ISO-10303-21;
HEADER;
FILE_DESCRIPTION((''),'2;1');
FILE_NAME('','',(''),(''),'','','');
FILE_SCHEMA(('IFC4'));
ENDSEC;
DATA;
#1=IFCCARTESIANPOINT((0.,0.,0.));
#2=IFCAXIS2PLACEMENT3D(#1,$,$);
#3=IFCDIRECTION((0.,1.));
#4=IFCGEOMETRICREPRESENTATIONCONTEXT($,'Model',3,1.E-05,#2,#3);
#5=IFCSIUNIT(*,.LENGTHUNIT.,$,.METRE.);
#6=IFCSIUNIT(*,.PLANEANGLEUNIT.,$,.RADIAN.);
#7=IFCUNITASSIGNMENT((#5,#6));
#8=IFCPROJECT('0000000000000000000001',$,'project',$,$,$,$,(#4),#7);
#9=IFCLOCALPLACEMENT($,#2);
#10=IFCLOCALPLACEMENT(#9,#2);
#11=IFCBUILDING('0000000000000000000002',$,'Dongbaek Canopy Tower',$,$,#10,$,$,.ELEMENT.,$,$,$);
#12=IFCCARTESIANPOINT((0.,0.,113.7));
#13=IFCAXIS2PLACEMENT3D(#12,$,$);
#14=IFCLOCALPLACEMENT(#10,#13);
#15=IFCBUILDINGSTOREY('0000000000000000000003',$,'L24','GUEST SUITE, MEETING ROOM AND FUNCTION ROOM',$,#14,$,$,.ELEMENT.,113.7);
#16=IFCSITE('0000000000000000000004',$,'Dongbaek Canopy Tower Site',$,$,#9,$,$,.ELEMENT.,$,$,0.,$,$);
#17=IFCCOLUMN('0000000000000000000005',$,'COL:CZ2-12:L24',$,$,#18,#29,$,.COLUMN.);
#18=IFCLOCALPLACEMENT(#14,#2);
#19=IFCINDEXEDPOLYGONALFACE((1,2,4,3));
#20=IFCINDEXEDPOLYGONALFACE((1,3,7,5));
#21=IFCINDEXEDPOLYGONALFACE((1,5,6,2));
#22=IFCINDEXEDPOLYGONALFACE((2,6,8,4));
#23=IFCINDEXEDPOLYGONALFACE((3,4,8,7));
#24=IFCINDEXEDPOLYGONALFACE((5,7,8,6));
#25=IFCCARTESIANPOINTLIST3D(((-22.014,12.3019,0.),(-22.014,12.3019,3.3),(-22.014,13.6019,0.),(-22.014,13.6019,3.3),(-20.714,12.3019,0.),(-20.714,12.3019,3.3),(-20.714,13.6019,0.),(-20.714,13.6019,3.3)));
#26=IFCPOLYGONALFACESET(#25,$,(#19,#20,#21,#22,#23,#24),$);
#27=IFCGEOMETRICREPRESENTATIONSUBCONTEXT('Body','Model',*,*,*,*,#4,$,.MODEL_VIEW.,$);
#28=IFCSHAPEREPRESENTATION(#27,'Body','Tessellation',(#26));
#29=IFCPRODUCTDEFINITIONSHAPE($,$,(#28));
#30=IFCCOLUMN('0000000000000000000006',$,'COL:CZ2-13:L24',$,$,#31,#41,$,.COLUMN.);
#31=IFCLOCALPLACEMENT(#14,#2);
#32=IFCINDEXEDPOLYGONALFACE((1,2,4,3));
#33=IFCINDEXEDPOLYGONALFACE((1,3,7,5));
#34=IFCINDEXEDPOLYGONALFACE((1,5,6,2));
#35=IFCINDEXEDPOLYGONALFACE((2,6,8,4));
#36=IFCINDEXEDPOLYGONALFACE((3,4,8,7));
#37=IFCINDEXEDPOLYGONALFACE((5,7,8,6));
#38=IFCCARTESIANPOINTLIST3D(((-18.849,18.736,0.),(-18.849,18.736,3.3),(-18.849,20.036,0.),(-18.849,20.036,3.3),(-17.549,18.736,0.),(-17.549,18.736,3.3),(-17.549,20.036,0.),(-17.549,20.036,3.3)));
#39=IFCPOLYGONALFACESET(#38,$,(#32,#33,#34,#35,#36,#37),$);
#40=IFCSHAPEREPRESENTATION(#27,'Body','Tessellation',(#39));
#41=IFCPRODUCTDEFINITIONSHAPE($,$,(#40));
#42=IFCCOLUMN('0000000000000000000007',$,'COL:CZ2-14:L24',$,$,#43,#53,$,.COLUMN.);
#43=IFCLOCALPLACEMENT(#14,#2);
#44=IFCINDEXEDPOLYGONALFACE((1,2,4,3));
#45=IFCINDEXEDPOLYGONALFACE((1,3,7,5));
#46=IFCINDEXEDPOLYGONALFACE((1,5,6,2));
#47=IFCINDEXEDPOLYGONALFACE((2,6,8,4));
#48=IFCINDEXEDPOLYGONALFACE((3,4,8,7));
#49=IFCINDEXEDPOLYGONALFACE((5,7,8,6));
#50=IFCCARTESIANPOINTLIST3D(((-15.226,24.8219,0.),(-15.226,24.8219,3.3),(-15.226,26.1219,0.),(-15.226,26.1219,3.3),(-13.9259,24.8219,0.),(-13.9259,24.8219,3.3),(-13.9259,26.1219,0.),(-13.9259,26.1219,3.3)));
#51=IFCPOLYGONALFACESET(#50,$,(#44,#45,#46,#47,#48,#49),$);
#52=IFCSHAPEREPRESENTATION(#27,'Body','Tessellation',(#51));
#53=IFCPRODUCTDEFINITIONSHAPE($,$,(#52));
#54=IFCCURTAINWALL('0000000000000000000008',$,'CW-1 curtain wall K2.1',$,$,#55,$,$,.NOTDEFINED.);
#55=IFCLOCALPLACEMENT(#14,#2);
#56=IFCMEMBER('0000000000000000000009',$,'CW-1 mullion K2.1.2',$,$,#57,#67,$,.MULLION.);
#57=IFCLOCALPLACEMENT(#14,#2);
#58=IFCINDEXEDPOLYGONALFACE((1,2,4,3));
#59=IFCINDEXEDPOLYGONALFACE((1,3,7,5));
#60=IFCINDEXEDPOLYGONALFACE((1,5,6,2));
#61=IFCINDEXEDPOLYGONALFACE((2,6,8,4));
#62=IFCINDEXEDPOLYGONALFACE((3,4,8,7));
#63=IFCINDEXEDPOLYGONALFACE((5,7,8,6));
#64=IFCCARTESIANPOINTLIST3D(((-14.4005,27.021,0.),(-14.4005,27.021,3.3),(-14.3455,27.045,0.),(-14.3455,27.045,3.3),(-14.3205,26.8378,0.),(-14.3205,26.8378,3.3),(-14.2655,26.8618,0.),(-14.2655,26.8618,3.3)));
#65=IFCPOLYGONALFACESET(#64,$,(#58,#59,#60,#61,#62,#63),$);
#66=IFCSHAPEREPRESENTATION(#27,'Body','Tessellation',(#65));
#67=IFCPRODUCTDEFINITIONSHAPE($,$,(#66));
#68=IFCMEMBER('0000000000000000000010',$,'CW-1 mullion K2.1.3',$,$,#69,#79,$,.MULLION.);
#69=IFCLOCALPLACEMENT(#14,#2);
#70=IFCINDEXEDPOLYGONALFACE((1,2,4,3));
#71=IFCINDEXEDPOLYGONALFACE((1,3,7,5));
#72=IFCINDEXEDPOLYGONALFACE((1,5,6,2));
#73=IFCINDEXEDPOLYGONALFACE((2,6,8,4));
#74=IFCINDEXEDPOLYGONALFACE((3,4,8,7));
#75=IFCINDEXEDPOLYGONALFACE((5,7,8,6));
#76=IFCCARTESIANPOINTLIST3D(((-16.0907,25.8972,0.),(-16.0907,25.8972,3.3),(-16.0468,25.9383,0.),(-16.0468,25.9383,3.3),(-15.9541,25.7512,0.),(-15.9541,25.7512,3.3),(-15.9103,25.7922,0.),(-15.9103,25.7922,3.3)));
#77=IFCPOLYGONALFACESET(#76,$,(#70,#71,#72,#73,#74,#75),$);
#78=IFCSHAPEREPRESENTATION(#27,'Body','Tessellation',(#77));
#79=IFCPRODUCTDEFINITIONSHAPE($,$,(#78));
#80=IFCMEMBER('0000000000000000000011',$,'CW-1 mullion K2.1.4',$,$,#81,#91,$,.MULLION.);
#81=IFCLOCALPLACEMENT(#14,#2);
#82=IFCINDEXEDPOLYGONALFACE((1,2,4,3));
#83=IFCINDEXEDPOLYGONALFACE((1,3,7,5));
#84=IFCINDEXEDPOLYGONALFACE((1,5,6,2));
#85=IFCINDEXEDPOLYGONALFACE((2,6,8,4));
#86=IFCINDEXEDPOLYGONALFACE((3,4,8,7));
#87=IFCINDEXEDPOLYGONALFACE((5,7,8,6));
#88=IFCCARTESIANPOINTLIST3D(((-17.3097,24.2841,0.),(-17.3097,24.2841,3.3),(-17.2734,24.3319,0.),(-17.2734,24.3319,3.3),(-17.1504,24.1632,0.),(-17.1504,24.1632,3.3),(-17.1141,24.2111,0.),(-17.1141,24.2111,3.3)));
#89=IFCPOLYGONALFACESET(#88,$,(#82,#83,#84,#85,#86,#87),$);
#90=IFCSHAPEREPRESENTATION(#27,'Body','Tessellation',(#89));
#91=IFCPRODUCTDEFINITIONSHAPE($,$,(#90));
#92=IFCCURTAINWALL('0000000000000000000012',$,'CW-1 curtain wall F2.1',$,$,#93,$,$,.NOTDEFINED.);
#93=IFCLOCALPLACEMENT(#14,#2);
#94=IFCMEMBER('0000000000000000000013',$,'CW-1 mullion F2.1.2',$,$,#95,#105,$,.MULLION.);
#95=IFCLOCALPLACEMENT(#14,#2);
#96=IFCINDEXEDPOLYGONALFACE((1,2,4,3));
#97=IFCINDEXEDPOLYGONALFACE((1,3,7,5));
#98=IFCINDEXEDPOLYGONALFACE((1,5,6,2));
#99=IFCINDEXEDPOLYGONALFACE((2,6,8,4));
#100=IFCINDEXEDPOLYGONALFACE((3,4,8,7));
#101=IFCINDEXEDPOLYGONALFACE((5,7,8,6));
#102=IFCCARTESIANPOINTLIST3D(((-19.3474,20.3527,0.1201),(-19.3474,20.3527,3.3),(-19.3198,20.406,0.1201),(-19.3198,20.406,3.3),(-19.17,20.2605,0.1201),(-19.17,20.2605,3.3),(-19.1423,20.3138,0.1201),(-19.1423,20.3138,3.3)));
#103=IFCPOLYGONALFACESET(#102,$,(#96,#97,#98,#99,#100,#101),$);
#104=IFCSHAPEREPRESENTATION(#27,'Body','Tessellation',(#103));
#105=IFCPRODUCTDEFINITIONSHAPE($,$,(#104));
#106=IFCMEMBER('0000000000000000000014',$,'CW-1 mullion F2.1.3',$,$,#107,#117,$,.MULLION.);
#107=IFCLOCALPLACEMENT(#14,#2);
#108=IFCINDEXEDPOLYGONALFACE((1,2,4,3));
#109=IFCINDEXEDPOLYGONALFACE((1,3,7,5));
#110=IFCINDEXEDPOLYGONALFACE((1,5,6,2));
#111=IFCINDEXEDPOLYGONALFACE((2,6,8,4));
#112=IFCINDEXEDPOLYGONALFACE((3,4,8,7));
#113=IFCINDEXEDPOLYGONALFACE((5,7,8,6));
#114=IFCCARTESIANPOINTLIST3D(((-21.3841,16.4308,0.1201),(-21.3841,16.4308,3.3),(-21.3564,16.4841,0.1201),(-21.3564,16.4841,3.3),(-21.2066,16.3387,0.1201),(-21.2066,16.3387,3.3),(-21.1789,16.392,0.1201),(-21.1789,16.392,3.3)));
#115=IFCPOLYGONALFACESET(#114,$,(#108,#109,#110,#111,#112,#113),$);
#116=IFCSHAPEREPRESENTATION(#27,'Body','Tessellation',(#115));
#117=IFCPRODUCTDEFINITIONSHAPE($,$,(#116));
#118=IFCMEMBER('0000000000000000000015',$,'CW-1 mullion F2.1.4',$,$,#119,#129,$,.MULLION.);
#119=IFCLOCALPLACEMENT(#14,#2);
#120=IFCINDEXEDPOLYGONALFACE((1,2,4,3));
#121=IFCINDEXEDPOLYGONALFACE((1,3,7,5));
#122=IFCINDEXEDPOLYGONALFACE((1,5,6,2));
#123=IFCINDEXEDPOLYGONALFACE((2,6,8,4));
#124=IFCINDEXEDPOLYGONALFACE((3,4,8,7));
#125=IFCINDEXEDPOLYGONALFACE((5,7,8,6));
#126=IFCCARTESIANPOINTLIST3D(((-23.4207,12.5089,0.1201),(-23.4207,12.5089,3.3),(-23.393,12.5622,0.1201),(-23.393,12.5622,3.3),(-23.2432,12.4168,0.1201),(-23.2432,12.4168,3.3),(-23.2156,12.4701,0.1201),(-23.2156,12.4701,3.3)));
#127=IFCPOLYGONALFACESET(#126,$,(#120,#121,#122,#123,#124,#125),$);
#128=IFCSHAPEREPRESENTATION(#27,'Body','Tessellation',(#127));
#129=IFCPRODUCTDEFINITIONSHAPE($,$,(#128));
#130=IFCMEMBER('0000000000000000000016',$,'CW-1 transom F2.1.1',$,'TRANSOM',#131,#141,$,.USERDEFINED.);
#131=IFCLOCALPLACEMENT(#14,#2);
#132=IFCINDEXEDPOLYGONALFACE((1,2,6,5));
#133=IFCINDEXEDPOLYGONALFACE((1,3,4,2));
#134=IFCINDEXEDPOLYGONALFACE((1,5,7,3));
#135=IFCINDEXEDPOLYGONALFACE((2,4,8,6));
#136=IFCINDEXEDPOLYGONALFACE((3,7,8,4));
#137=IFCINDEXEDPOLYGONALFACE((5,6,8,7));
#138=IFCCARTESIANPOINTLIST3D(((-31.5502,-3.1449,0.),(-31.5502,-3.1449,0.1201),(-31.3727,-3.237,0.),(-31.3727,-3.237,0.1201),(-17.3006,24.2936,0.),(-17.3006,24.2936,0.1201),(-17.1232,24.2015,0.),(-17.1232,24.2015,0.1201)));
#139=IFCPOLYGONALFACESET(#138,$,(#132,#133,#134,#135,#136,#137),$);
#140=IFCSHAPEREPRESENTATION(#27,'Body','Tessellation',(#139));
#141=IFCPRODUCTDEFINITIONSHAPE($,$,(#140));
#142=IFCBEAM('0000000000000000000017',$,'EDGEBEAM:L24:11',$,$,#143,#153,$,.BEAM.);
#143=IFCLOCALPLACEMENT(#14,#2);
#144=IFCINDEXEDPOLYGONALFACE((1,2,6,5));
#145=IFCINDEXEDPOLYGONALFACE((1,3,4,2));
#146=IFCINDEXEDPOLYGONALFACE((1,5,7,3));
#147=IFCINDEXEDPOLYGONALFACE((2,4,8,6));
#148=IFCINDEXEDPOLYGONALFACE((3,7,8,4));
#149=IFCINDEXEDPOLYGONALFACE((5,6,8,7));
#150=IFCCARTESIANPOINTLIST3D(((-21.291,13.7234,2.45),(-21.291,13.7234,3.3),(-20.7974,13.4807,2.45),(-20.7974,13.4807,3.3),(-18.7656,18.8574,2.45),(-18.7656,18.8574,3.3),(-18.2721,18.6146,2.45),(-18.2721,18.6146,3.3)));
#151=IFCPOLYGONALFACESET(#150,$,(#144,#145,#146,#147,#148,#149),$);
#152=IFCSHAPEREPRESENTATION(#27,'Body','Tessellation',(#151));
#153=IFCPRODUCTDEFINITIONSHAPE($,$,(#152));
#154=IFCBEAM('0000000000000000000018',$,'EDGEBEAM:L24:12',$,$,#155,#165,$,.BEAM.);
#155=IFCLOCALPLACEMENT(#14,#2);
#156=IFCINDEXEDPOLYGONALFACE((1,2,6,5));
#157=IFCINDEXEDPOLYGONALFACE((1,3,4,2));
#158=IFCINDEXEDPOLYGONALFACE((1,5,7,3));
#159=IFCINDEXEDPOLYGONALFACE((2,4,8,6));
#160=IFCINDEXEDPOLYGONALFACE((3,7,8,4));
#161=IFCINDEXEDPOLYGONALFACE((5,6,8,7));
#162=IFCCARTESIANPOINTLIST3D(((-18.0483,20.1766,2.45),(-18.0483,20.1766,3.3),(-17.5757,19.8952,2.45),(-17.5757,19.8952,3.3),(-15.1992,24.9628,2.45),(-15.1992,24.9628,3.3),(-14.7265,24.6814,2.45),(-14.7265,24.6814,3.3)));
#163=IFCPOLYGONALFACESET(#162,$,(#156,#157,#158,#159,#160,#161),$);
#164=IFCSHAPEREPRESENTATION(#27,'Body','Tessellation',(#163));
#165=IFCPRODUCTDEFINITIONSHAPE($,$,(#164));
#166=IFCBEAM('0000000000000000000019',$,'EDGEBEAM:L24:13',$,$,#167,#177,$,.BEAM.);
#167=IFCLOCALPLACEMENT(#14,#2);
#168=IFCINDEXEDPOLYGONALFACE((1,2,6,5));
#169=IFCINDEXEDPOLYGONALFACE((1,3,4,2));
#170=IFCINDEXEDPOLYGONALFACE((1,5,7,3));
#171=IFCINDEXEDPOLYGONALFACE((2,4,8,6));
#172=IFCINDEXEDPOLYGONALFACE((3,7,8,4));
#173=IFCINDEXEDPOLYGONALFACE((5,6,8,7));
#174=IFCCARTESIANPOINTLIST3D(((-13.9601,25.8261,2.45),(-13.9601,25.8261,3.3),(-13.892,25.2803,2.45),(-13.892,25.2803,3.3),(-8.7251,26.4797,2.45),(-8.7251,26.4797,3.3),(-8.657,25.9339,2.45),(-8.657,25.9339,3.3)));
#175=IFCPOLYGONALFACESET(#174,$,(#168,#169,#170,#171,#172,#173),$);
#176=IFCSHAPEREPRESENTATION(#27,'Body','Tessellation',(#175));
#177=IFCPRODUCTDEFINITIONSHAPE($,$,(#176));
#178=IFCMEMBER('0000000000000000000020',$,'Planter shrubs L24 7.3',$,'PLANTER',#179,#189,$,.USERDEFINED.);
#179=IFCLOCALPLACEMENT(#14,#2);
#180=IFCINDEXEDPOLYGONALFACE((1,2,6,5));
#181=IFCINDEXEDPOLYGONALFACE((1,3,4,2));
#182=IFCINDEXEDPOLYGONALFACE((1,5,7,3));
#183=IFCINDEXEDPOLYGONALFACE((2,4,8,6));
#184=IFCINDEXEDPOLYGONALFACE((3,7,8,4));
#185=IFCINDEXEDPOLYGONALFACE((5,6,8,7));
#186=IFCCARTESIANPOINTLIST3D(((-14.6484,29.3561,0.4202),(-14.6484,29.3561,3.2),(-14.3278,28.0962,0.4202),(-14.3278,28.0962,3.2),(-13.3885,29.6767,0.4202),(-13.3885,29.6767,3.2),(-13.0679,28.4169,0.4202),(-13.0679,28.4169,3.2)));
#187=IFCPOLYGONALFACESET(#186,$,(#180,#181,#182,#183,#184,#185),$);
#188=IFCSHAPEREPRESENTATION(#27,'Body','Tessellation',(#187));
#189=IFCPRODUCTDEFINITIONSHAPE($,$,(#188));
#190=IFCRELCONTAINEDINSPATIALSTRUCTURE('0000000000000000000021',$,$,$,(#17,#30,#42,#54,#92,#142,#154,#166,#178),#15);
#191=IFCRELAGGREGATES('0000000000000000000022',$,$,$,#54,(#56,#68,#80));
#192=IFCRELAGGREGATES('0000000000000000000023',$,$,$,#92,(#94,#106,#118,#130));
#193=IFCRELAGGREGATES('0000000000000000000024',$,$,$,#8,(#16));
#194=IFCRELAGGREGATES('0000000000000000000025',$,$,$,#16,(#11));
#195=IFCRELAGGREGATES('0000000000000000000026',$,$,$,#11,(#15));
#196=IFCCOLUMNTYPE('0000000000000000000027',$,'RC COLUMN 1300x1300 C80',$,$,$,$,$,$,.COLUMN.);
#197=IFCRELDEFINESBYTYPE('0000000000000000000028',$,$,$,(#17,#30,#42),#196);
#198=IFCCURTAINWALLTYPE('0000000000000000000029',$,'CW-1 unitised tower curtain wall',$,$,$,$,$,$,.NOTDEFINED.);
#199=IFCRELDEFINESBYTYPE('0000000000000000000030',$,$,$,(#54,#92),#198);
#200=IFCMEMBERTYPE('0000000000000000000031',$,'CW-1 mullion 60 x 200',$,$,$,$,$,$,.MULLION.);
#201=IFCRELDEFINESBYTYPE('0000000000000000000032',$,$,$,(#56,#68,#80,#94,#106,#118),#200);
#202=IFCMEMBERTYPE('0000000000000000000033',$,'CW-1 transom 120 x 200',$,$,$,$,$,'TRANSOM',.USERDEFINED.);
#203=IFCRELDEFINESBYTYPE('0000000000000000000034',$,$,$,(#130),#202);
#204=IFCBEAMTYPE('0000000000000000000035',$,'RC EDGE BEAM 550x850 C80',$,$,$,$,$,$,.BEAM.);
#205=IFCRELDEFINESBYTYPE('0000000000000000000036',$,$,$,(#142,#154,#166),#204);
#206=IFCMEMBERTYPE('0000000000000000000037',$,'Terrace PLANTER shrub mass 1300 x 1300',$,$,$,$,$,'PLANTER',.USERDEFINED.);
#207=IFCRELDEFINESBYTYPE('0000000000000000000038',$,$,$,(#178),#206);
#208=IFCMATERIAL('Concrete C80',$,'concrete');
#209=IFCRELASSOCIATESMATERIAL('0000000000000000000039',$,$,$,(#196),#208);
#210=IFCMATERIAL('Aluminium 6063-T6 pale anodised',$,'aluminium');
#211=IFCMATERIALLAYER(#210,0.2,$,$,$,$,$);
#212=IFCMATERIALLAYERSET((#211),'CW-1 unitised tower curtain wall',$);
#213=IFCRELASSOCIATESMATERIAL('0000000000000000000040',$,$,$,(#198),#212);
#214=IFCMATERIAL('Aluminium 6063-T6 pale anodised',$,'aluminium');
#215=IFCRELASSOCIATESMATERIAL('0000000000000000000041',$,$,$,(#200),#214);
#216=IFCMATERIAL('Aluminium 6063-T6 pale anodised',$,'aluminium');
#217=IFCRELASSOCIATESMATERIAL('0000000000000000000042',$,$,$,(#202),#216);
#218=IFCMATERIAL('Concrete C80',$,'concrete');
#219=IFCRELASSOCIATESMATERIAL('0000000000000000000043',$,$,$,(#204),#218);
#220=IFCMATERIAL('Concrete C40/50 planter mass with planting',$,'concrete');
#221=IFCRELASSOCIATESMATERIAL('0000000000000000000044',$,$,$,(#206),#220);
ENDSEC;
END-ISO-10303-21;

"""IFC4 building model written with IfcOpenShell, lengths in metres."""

from ifc_helpers import new_model, si_unit, direction, frame, origin, origin_2d, place, context, subcontext, project, spatial, rectangle, extrude, material, layer, layer_set, material_profile, profile_set, type_object, element, aggregate, save


model = new_model("IFC4")

# Units and contexts
model_context = context("Model", 3, precision=1e-05, world=origin(), true_north=direction((0.0, 1.0)))
body_context = subcontext(model_context, "Body", "Model", "MODEL_VIEW")
ifc_project = project(units=[si_unit("LENGTHUNIT", "METRE"), si_unit("PLANEANGLEUNIT", "RADIAN")], contexts=[model_context])

# Site, building, storey
site_placement = place(None, origin())
site = spatial("IfcSite", under=ifc_project, at=site_placement, Name="Dongbaek Canopy Tower Site", CompositionType="ELEMENT", RefElevation=0.0)
building_placement = place(site_placement, origin())
building = spatial("IfcBuilding", under=site, at=building_placement, Name="Dongbaek Canopy Tower", CompositionType="ELEMENT")
storey_placement = place(building_placement, frame((0.0, 0.0, 113.7)))
storey = spatial("IfcBuildingStorey", under=building, at=storey_placement, Name="L24", Description="GUEST SUITE, MEETING ROOM AND FUNCTION ROOM", CompositionType="ELEMENT", Elevation=113.7)

# Columns
ifc_material_1 = material(Name="Concrete C80", Category="concrete")
ifc_material_profile_1 = material_profile(ifc_material_1, rectangle(XDim=1.3, YDim=1.3, at=origin_2d()), Name="RC COLUMN 1300x1300 C80")
ifc_profile_set_1 = profile_set([ifc_material_profile_1], Name="Concrete C80")
column_type = type_object("IfcColumnType", Name="RC COLUMN 1300x1300 C80", PredefinedType="COLUMN", material=ifc_profile_set_1)
for number, where, z_axis, x_axis, name in (
    (1, (-21.364, 12.9519, 0.0), (0.0, 0.0, 1.0), (1.0, 0.0, 0.0), "COL:CZ2-12:L24"),
    (2, (-18.199, 19.386, 0.0), (0.0, 0.0, 1.0), (1.0, 0.0, 0.0), "COL:CZ2-13:L24"),
    (3, (-14.5759, 25.4719, 0.0), (0.0, 0.0, 1.0), (1.0, 0.0, 0.0), "COL:CZ2-14:L24"),
):
    element("IfcColumn", number, at=place(storey_placement, frame(where, z_axis=z_axis, x_axis=x_axis)), inside=storey, type_object=column_type, Name=name, PredefinedType="COLUMN", context=body_context, shape_type="SweptSolid", body=[
        extrude(rectangle(XDim=1.3, YDim=1.3, at=origin_2d()), origin(), (0.0, 0.0, 1.0), 3.3),
    ])

# Curtain walls, members
ifc_material_2 = material(Name="Aluminium 6063-T6 pale anodised", Category="aluminium")
ifc_layer_1 = layer(ifc_material_2, 0.2)
ifc_layer_set_1 = layer_set([ifc_layer_1], Name="CW-1 unitised tower curtain wall")
curtain_wall_type = type_object("IfcCurtainWallType", Name="CW-1 unitised tower curtain wall", PredefinedType="NOTDEFINED", material=ifc_layer_set_1)
curtain_wall_1_placement = place(storey_placement, origin())
curtain_wall_1 = element("IfcCurtainWall", 4, at=curtain_wall_1_placement, inside=storey, type_object=curtain_wall_type, Name="CW-1 curtain wall K2.1", PredefinedType="NOTDEFINED")
ifc_material_3 = material(Name="Aluminium 6063-T6 pale anodised", Category="aluminium")
ifc_material_profile_2 = material_profile(ifc_material_3, rectangle(XDim=0.2, YDim=0.0601, at=origin_2d()), Name="CW-1 mullion 60 x 200")
ifc_profile_set_2 = profile_set([ifc_material_profile_2], Name="Aluminium 6063-T6 pale anodised")
member_type_1 = type_object("IfcMemberType", Name="CW-1 mullion 60 x 200", PredefinedType="MULLION", material=ifc_profile_set_2)
member_1_placement = place(storey_placement, frame((-14.333, 26.9414, 0.0), z_axis=(0.0, 0.0, 1.0), x_axis=(-0.400265, 0.916399, 0.0)))
member_1 = element("IfcMember", 5, at=member_1_placement, type_object=member_type_1, Name="CW-1 mullion K2.1.2", PredefinedType="MULLION", context=body_context, shape_type="SweptSolid", body=[
    extrude(rectangle(XDim=0.2, YDim=0.0601, at=origin_2d()), origin(), (0.0, 0.0, 1.0), 3.3),
])
member_2_placement = place(storey_placement, frame((-16.0005, 25.8447, 0.0), z_axis=(0.0, 0.0, 1.0), x_axis=(-0.682961, 0.730455, 0.0)))
member_2 = element("IfcMember", 6, at=member_2_placement, type_object=member_type_1, Name="CW-1 mullion K2.1.3", PredefinedType="MULLION", context=body_context, shape_type="SweptSolid", body=[
    extrude(rectangle(XDim=0.2, YDim=0.0601, at=origin_2d()), origin(), (0.0, 0.0, 1.0), 3.3),
])
member_3_placement = place(storey_placement, frame((-17.2119, 24.2476, 0.0), z_axis=(0.0, 0.0, 1.0), x_axis=(-0.796696, 0.60438, 0.0)))
member_3 = element("IfcMember", 7, at=member_3_placement, type_object=member_type_1, Name="CW-1 mullion K2.1.4", PredefinedType="MULLION", context=body_context, shape_type="SweptSolid", body=[
    extrude(rectangle(XDim=0.2, YDim=0.0601, at=origin_2d()), origin(), (0.0, 0.0, 1.0), 3.3),
])
curtain_wall_2_placement = place(storey_placement, origin())
curtain_wall_2 = element("IfcCurtainWall", 8, at=curtain_wall_2_placement, inside=storey, type_object=curtain_wall_type, Name="CW-1 curtain wall F2.1", PredefinedType="NOTDEFINED")
member_4_placement = place(storey_placement, frame((-19.2449, 20.3333, 0.1201), z_axis=(0.0, 0.0, 1.0), x_axis=(-0.887463, 0.46088, 0.0)))
member_4 = element("IfcMember", 9, at=member_4_placement, type_object=member_type_1, Name="CW-1 mullion F2.1.2", PredefinedType="MULLION", context=body_context, shape_type="SweptSolid", body=[
    extrude(rectangle(XDim=0.2, YDim=0.0601, at=origin_2d()), origin(), (0.0, 0.0, 1.0), 3.1799),
])
member_5_placement = place(storey_placement, frame((-21.2815, 16.4114, 0.1201), z_axis=(0.0, 0.0, 1.0), x_axis=(-0.887463, 0.46088, 0.0)))
member_5 = element("IfcMember", 10, at=member_5_placement, type_object=member_type_1, Name="CW-1 mullion F2.1.3", PredefinedType="MULLION", context=body_context, shape_type="SweptSolid", body=[
    extrude(rectangle(XDim=0.2, YDim=0.0601, at=origin_2d()), origin(), (0.0, 0.0, 1.0), 3.1799),
])
member_6_placement = place(storey_placement, frame((-23.3181, 12.4895, 0.1201), z_axis=(0.0, 0.0, 1.0), x_axis=(-0.887463, 0.46088, 0.0)))
member_6 = element("IfcMember", 11, at=member_6_placement, type_object=member_type_1, Name="CW-1 mullion F2.1.4", PredefinedType="MULLION", context=body_context, shape_type="SweptSolid", body=[
    extrude(rectangle(XDim=0.2, YDim=0.0601, at=origin_2d()), origin(), (0.0, 0.0, 1.0), 3.1799),
])
ifc_material_4 = material(Name="Aluminium 6063-T6 pale anodised", Category="aluminium")
ifc_material_profile_3 = material_profile(ifc_material_4, rectangle(XDim=0.2, YDim=0.1201, at=origin_2d()), Name="CW-1 transom 120 x 200")
ifc_profile_set_3 = profile_set([ifc_material_profile_3], Name="Aluminium 6063-T6 pale anodised")
member_type_2 = type_object("IfcMemberType", Name="CW-1 transom 120 x 200", ElementType="TRANSOM", PredefinedType="USERDEFINED", material=ifc_profile_set_3)
member_7_placement = place(storey_placement, frame((-17.2119, 24.2476, 0.0601), z_axis=(-0.460882, -0.887462, 0.0), x_axis=(0.887462, -0.460882, 0.0)))
member_7 = element("IfcMember", 12, at=member_7_placement, type_object=member_type_2, Name="CW-1 transom F2.1.1", ObjectType="TRANSOM", PredefinedType="USERDEFINED", context=body_context, shape_type="SweptSolid", body=[
    extrude(rectangle(XDim=0.2, YDim=0.1201, at=origin_2d()), origin(), (0.0, 0.0, 1.0), 30.918),
])

# Beams
ifc_material_5 = material(Name="Concrete C80", Category="concrete")
ifc_material_profile_4 = material_profile(ifc_material_5, rectangle(XDim=0.55, YDim=0.8501, at=origin_2d()), Name="RC EDGE BEAM 550x850 C80")
ifc_profile_set_4 = profile_set([ifc_material_profile_4], Name="Concrete C80")
beam_type = type_object("IfcBeamType", Name="RC EDGE BEAM 550x850 C80", PredefinedType="BEAM", material=ifc_profile_set_4)
beam_1_placement = place(storey_placement, frame((-21.0442, 13.6021, 2.875), z_axis=(0.441384, 0.897318, 0.0), x_axis=(-0.897318, 0.441384, 0.0)))
element("IfcBeam", 13, at=beam_1_placement, inside=storey, type_object=beam_type, Name="EDGEBEAM:L24:11", PredefinedType="BEAM", context=body_context, shape_type="SweptSolid", body=[
    extrude(rectangle(XDim=0.55, YDim=0.8501, at=origin_2d()), origin(), (0.0, 0.0, 1.0), 5.7214),
])
beam_2_placement = place(storey_placement, frame((-17.812, 20.0359, 2.875), z_axis=(0.511515, 0.859275, 0.0), x_axis=(-0.859275, 0.511515, 0.0)))
element("IfcBeam", 14, at=beam_2_placement, inside=storey, type_object=beam_type, Name="EDGEBEAM:L24:12", PredefinedType="BEAM", context=body_context, shape_type="SweptSolid", body=[
    extrude(rectangle(XDim=0.55, YDim=0.8501, at=origin_2d()), origin(), (0.0, 0.0, 1.0), 5.5701),
])
beam_3_placement = place(storey_placement, frame((-13.926, 25.5532, 2.875), z_axis=(0.992297, 0.123881, 0.0), x_axis=(-0.123881, 0.992297, 0.0)))
element("IfcBeam", 15, at=beam_3_placement, inside=storey, type_object=beam_type, Name="EDGEBEAM:L24:13", PredefinedType="BEAM", context=body_context, shape_type="SweptSolid", body=[
    extrude(rectangle(XDim=0.55, YDim=0.8501, at=origin_2d()), origin(), (0.0, 0.0, 1.0), 5.2756),
])

# Member
ifc_material_6 = material(Name="Concrete C40/50 planter mass with planting", Category="concrete")
ifc_material_profile_5 = material_profile(ifc_material_6, rectangle(XDim=1.3, YDim=1.3, at=origin_2d()), Name="Terrace PLANTER shrub mass 1300 x 1300")
ifc_profile_set_5 = profile_set([ifc_material_profile_5], Name="Concrete C40/50 planter mass with planting")
member_type_3 = type_object("IfcMemberType", Name="Terrace PLANTER shrub mass 1300 x 1300", ElementType="PLANTER", PredefinedType="USERDEFINED", material=ifc_profile_set_5)
member_8_placement = place(storey_placement, frame((-13.8582, 28.8865, 0.4202), z_axis=(0.0, 0.0, 1.0), x_axis=(-0.246657, 0.969103, 0.0)))
element("IfcMember", 16, at=member_8_placement, inside=storey, type_object=member_type_3, Name="Planter shrubs L24 7.3", ObjectType="PLANTER", PredefinedType="USERDEFINED", context=body_context, shape_type="SweptSolid", body=[
    extrude(rectangle(XDim=1.3, YDim=1.3, at=origin_2d()), origin(), (0.0, 0.0, 1.0), 2.7798),
])

aggregate(curtain_wall_1, [member_1, member_2, member_3])

aggregate(curtain_wall_2, [member_4, member_5, member_6, member_7])

save(model, "model.ifc")
